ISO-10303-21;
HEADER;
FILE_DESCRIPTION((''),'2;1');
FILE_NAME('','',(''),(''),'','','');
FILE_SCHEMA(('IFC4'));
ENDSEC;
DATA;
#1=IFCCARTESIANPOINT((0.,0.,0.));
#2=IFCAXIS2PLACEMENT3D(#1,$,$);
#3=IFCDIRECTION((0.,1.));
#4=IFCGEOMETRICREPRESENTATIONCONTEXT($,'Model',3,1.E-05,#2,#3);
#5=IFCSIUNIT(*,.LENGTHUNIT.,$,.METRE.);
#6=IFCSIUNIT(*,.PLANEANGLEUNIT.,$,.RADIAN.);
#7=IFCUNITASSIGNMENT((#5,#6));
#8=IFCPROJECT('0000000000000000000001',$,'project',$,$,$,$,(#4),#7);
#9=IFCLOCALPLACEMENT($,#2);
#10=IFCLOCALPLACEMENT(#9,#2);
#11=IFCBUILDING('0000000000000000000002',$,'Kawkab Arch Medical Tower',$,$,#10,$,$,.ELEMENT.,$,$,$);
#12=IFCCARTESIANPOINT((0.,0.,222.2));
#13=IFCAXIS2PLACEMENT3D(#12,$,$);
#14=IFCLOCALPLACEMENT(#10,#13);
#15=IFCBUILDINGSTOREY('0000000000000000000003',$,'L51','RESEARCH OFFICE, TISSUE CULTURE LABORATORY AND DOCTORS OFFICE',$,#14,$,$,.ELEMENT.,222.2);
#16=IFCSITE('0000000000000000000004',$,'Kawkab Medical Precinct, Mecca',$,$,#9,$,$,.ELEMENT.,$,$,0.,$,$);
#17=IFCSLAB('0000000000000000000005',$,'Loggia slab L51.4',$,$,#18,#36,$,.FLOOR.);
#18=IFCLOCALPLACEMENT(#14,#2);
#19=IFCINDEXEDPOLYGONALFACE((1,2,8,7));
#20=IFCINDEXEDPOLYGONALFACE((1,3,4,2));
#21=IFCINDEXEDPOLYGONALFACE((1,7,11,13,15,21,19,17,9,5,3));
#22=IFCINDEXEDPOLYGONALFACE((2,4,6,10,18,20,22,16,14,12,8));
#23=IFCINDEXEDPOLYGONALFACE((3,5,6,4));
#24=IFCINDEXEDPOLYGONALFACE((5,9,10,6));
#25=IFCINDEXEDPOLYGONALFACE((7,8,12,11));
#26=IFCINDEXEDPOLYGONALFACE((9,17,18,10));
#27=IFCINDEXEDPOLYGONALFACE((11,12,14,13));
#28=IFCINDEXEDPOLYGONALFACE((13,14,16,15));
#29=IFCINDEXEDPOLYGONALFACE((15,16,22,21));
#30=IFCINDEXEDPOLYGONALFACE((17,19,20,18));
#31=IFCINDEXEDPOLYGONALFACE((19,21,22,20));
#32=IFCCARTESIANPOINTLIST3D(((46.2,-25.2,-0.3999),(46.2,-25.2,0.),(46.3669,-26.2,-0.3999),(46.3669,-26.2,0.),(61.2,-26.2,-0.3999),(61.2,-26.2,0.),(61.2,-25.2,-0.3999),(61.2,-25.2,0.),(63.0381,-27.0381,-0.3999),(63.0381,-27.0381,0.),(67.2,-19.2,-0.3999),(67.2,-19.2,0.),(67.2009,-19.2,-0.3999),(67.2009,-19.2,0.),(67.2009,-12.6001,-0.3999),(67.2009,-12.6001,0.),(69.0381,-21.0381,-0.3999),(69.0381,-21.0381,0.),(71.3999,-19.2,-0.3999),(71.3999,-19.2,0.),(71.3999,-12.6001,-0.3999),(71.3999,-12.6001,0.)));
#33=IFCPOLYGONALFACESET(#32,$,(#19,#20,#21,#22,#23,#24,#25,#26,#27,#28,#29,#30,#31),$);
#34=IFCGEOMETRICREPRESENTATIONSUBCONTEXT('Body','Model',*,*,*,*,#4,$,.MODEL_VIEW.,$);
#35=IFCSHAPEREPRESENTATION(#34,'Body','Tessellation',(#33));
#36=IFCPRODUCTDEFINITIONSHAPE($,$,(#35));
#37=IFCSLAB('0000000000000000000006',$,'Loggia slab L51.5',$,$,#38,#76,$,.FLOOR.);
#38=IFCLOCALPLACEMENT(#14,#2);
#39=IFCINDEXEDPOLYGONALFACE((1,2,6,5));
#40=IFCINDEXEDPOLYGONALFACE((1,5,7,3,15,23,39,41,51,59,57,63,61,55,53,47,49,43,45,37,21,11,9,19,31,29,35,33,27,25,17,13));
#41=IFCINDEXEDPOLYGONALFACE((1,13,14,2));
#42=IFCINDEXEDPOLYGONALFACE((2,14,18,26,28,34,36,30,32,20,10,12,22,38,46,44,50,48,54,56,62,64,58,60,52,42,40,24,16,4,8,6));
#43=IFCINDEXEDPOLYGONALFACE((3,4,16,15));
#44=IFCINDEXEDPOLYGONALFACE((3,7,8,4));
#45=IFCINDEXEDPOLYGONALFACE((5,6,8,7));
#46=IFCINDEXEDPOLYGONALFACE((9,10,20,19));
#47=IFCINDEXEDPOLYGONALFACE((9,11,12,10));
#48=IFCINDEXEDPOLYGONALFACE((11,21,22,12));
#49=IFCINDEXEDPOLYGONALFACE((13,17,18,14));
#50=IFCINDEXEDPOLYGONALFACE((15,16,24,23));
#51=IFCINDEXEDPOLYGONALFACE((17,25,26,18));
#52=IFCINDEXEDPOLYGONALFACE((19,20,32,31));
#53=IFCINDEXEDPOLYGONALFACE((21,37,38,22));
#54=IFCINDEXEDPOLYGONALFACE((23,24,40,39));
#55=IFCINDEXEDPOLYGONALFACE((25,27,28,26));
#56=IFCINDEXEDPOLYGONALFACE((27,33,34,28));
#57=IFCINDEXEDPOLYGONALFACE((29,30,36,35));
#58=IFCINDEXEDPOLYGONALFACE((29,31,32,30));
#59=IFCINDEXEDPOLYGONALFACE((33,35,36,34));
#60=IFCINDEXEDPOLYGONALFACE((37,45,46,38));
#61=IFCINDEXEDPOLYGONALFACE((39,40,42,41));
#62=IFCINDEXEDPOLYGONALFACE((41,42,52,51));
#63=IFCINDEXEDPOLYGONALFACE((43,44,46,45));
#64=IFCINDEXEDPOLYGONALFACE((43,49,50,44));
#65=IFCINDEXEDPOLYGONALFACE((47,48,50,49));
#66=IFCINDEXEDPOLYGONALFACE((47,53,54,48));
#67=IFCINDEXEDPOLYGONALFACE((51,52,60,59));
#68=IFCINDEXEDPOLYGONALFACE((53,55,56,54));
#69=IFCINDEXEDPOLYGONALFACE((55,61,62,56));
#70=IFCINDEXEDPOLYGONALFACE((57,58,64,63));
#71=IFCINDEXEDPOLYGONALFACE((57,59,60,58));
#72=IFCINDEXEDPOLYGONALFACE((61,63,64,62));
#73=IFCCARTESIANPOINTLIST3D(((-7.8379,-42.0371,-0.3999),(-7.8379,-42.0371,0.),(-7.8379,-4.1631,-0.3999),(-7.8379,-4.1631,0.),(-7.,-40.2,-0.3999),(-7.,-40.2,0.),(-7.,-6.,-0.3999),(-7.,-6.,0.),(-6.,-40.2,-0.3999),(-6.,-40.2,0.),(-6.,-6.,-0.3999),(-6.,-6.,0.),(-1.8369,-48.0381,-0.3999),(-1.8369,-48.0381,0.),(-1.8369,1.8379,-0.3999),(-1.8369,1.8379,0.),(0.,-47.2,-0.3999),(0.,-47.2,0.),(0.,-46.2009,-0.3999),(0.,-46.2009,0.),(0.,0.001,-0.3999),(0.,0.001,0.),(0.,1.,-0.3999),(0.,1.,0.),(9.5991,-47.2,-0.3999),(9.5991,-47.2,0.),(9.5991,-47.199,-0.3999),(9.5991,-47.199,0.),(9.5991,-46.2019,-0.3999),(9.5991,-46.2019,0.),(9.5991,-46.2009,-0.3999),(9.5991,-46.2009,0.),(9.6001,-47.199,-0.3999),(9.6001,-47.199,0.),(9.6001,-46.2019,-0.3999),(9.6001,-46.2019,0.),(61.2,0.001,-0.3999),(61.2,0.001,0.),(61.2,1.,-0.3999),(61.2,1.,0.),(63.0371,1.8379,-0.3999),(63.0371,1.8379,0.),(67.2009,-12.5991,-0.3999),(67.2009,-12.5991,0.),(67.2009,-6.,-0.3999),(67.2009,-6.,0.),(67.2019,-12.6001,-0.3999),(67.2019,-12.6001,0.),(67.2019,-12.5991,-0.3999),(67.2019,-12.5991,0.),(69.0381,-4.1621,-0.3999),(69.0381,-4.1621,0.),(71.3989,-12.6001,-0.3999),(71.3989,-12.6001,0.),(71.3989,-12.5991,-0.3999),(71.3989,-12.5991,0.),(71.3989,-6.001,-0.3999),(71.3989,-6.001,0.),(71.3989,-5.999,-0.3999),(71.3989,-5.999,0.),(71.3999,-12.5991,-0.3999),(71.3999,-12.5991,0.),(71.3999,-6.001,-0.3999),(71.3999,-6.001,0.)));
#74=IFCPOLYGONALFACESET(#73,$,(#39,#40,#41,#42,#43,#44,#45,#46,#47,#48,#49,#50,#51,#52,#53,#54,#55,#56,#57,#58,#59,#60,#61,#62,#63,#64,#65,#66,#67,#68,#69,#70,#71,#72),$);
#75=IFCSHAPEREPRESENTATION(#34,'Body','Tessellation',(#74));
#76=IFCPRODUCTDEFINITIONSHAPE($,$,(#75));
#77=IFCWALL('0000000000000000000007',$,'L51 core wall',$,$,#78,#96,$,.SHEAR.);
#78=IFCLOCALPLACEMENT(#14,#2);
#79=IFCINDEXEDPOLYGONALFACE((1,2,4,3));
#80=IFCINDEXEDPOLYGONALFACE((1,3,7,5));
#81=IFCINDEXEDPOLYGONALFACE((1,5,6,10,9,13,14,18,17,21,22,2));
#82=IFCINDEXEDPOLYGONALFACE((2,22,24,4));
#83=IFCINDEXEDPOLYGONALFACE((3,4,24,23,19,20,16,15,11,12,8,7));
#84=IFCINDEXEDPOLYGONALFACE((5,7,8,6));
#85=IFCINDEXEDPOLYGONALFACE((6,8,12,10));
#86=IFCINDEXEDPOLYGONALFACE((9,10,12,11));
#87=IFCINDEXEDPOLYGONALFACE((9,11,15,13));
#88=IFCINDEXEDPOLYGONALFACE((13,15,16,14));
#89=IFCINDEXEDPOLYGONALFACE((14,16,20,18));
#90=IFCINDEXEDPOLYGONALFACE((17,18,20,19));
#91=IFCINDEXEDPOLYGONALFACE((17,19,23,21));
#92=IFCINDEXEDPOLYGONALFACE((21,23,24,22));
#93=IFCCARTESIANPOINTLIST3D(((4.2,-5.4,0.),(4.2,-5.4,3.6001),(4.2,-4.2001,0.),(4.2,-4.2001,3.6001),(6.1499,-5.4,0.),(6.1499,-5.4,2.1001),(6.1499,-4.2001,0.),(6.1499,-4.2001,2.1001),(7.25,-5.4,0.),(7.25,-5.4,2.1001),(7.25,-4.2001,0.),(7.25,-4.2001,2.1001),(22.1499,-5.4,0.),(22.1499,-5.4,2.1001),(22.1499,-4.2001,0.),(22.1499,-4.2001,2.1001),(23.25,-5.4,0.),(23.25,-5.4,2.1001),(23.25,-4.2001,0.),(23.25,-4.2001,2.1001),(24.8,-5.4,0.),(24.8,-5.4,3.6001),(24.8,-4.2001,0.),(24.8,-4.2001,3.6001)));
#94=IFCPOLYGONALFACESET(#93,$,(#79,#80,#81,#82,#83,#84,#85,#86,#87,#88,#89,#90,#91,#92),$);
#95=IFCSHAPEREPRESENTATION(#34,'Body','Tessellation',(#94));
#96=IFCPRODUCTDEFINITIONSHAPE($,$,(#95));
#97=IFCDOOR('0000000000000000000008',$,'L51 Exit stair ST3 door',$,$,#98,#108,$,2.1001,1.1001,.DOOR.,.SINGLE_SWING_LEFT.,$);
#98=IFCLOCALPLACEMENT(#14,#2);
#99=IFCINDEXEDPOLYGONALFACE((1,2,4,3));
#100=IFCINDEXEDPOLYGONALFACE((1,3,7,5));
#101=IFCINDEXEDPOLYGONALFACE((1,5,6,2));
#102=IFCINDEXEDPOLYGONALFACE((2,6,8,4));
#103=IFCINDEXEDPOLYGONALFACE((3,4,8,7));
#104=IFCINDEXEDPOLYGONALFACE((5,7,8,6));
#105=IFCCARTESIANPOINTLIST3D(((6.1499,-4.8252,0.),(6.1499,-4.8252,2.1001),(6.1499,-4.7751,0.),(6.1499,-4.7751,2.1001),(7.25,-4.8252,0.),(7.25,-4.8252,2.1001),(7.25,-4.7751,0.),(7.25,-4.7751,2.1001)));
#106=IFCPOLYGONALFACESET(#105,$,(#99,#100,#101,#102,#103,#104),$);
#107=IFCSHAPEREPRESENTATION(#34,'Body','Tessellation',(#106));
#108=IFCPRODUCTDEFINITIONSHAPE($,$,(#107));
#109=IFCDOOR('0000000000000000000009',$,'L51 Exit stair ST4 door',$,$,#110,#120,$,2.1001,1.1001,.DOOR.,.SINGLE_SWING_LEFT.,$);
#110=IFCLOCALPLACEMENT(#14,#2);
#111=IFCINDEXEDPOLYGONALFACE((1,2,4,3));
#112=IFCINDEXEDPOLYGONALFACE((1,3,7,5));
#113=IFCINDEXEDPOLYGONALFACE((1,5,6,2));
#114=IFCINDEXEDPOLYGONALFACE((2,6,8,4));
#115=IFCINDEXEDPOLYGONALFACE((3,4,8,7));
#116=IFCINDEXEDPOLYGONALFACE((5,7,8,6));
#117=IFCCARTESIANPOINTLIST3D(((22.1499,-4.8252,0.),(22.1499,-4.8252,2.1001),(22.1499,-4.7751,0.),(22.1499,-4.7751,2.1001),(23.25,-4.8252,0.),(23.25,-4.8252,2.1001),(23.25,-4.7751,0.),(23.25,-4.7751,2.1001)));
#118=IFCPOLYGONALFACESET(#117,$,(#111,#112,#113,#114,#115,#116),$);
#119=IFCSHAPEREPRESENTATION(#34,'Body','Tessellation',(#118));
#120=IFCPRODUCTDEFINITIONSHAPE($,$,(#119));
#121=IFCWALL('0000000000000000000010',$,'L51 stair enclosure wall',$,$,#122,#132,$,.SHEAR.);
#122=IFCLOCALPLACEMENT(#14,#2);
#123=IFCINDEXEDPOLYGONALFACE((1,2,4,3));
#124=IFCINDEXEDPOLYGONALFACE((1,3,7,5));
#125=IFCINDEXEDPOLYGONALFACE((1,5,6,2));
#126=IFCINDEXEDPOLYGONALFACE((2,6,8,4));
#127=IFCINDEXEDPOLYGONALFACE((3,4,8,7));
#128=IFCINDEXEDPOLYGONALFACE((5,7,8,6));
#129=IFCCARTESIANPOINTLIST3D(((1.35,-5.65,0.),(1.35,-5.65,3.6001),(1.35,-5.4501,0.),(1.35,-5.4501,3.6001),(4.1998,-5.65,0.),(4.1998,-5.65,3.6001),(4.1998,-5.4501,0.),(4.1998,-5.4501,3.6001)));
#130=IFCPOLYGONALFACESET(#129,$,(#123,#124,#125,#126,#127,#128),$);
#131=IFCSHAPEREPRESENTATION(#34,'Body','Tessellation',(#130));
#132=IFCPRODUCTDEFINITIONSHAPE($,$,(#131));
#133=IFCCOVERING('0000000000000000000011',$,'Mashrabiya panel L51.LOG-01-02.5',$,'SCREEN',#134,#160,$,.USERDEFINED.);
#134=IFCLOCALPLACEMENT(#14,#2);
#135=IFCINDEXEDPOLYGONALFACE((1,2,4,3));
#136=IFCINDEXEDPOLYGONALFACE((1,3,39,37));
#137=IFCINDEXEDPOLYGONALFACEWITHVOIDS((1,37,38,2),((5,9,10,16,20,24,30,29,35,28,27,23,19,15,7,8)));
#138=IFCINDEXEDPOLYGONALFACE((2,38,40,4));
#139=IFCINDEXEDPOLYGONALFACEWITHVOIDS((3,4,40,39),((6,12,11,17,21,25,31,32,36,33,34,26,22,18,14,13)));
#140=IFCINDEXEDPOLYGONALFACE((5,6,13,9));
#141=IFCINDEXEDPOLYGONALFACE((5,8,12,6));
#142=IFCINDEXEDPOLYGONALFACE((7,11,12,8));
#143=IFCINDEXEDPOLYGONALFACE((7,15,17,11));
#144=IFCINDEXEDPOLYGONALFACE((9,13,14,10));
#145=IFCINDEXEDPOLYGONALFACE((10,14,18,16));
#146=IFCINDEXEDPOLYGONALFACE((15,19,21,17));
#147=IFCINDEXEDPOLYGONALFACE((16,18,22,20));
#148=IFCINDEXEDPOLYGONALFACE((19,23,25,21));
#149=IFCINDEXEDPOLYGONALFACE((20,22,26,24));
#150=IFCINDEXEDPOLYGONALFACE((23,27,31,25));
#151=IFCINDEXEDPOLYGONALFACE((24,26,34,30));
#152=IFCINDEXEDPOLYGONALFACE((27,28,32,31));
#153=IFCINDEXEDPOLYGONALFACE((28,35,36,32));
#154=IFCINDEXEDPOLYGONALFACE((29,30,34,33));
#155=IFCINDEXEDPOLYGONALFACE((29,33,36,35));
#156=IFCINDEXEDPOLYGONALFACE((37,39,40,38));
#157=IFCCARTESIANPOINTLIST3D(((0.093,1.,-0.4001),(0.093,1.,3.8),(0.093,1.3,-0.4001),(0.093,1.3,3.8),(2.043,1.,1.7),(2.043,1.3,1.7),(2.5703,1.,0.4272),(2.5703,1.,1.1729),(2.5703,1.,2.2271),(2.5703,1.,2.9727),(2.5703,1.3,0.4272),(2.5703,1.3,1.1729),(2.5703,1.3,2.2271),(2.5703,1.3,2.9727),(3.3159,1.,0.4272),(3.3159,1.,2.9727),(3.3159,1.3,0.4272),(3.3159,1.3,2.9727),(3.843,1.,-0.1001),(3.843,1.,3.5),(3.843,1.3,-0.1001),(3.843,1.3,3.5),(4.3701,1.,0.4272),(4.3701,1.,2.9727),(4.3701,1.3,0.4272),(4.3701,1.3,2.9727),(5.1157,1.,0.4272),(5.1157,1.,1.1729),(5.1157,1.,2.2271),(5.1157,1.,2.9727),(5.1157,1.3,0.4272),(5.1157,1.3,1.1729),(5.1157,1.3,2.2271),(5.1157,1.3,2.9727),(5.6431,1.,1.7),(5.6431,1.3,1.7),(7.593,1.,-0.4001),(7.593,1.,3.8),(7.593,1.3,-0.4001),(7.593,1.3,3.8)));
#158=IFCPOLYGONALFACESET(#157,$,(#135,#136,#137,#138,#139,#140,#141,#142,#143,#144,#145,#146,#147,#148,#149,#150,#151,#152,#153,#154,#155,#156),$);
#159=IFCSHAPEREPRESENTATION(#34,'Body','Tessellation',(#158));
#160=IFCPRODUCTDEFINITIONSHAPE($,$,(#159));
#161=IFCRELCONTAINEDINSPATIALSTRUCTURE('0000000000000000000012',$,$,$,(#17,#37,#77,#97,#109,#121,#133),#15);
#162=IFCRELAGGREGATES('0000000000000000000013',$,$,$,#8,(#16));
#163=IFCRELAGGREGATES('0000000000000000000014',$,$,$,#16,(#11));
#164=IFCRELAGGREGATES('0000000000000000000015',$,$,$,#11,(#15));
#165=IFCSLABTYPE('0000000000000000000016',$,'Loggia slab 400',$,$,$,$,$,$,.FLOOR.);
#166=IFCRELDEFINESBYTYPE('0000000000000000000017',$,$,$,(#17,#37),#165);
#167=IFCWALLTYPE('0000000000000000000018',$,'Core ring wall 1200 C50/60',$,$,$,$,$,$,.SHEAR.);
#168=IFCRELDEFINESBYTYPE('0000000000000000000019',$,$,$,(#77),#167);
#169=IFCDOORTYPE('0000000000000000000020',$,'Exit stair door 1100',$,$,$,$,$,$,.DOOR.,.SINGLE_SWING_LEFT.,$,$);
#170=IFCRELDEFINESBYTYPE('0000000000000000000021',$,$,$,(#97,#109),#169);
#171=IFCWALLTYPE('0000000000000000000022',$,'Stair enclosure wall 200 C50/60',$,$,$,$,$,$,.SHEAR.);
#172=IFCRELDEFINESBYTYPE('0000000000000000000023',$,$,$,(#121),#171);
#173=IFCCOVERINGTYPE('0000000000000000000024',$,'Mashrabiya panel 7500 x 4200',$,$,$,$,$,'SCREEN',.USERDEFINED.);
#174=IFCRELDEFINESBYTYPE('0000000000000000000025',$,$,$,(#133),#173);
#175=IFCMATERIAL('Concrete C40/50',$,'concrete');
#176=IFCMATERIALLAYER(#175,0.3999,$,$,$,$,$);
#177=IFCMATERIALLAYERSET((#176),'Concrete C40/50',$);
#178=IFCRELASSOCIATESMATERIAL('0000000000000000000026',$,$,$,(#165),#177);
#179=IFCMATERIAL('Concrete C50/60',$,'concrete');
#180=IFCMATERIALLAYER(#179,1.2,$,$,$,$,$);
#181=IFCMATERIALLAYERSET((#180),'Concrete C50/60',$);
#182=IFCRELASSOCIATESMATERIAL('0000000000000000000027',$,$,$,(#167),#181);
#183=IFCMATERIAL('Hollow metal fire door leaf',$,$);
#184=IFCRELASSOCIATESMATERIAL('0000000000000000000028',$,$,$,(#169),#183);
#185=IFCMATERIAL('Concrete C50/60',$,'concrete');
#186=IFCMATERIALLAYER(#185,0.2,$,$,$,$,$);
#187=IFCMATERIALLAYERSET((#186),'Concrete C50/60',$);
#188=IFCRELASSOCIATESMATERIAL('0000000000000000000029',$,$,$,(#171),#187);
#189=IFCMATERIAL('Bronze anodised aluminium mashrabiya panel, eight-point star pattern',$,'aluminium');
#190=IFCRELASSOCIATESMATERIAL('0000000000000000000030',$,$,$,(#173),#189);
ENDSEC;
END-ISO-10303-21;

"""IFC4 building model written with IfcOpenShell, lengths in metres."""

from ifc_helpers import new_model, si_unit, direction, frame, frame_2d, origin, place, context, subcontext, project, spatial, polyline, rectangle, outline, extrude, material, layer, layer_set, material_profile, profile_set, type_object, element, fill, save


model = new_model("IFC4")

# Units and contexts
model_context = context("Model", 3, precision=1e-05, world=origin(), true_north=direction((0.0, 1.0)))
body_context = subcontext(model_context, "Body", "Model", "MODEL_VIEW")
ifc_project = project(units=[si_unit("LENGTHUNIT", "METRE"), si_unit("PLANEANGLEUNIT", "RADIAN")], contexts=[model_context])

# Site, building, storey
site_placement = place(None, origin())
site = spatial("IfcSite", under=ifc_project, at=site_placement, Name="Kawkab Medical Precinct, Mecca", CompositionType="ELEMENT", RefElevation=0.0)
building_placement = place(site_placement, origin())
building = spatial("IfcBuilding", under=site, at=building_placement, Name="Kawkab Arch Medical Tower", CompositionType="ELEMENT")
storey_placement = place(building_placement, frame((0.0, 0.0, 222.2)))
storey = spatial("IfcBuildingStorey", under=building, at=storey_placement, Name="L51", Description="RESEARCH OFFICE, TISSUE CULTURE LABORATORY AND DOCTORS OFFICE", CompositionType="ELEMENT", Elevation=222.2)

# Slabs
ifc_material_1 = material(Name="Concrete C40/50", Category="concrete")
ifc_layer_1 = layer(ifc_material_1, 0.3999)
ifc_layer_set_1 = layer_set([ifc_layer_1], Name="Concrete C40/50")
slab_type_1 = type_object("IfcSlabType", Name="Loggia slab 400", PredefinedType="FLOOR", material=ifc_layer_set_1)
placement_1 = place(storey_placement, frame((0.0, 0.0, -0.3999)))
element("IfcSlab", 1, at=placement_1, inside=storey, type_object=slab_type_1, Name="Loggia slab L51.4", PredefinedType="FLOOR", context=body_context, shape_type="SweptSolid", body=[
    extrude(outline(polyline([(69.0381, -21.0381), (63.0381, -27.0381), (61.2, -26.2), (46.3669, -26.2), (46.2, -25.2), (61.2, -25.2), (67.2, -19.2), (67.2009, -19.2), (67.2009, -12.6001), (71.3999, -12.6001), (71.3999, -19.2), (69.0381, -21.0381)])), origin(), (0.0, 0.0, 1.0), 0.3999),
])
element("IfcSlab", 2, at=placement_1, inside=storey, type_object=slab_type_1, Name="Loggia slab L51.5", PredefinedType="FLOOR", context=body_context, shape_type="SweptSolid", body=[
    extrude(outline(polyline([(-7.8379, -42.0371), (-7.0, -40.2), (-7.0, -6.0), (-7.8379, -4.1631), (-1.8369, 1.8379), (0.0, 1.0), (61.2, 1.0), (63.0371, 1.8379), (69.0381, -4.1621), (71.3989, -5.999), (71.3989, -6.001), (71.3999, -6.001), (71.3999, -12.5991), (71.3989, -12.5991), (71.3989, -12.6001), (67.2019, -12.6001), (67.2019, -12.5991), (67.2009, -12.5991), (67.2009, -6.0), (61.2, 0.001), (0.0, 0.001), (-6.0, -6.0), (-6.0, -40.2), (0.0, -46.2009), (9.5991, -46.2009), (9.5991, -46.2019), (9.6001, -46.2019), (9.6001, -47.199), (9.5991, -47.199), (9.5991, -47.2), (0.0, -47.2), (-1.8369, -48.0381), (-7.8379, -42.0371)])), origin(), (0.0, 0.0, 1.0), 0.3999),
])

# Wall, openings, doors
ifc_material_2 = material(Name="Concrete C50/60", Category="concrete")
ifc_layer_2 = layer(ifc_material_2, 1.2)
ifc_layer_set_2 = layer_set([ifc_layer_2], Name="Concrete C50/60")
wall_type_1 = type_object("IfcWallType", Name="Core ring wall 1200 C50/60", PredefinedType="SHEAR", material=ifc_layer_set_2)
wall_1_placement = place(storey_placement, frame((4.2, -4.8, 0.0), z_axis=(0.0, 0.0, 1.0), x_axis=(1.0, 0.0, 0.0)))
wall_1 = element("IfcWall", 3, at=wall_1_placement, inside=storey, type_object=wall_type_1, Name="L51 core wall", PredefinedType="SHEAR", context=body_context, shape_type="SweptSolid", body=[
    extrude(rectangle(XDim=20.6001, YDim=1.2, at=frame_2d((10.3, 0.0))), origin(), (0.0, 0.0, 1.0), 3.6001),
])
opening_1_placement = place(wall_1_placement, frame((1.95, 0.0, 0.0)))
opening_1 = element("IfcOpeningElement", 4, at=opening_1_placement, cuts=wall_1, PredefinedType="OPENING", context=body_context, shape_type="SweptSolid", body=[
    extrude(rectangle(XDim=1.1001, YDim=2.1001, at=frame_2d((0.55, 1.05))), frame((0.0, 0.6099, 0.0), z_axis=(0.0, -1.0, 0.0), x_axis=(1.0, 0.0, 0.0)), (0.0, 0.0, 1.0), 1.22),
])
opening_2_placement = place(wall_1_placement, frame((17.95, 0.0, 0.0)))
opening_2 = element("IfcOpeningElement", 5, at=opening_2_placement, cuts=wall_1, PredefinedType="OPENING", context=body_context, shape_type="SweptSolid", body=[
    extrude(rectangle(XDim=1.1001, YDim=2.1001, at=frame_2d((0.55, 1.05))), frame((0.0, 0.6099, 0.0), z_axis=(0.0, -1.0, 0.0), x_axis=(1.0, 0.0, 0.0)), (0.0, 0.0, 1.0), 1.22),
])
ifc_material_3 = material(Name="Hollow metal fire door leaf")
door_type = type_object("IfcDoorType", Name="Exit stair door 1100", OperationType="SINGLE_SWING_LEFT", PredefinedType="DOOR", material=ifc_material_3)
door_1_placement = place(opening_1_placement, origin())
door_1 = element("IfcDoor", 6, at=door_1_placement, inside=storey, type_object=door_type, Name="L51 Exit stair ST3 door", OperationType="SINGLE_SWING_LEFT", OverallHeight=2.1001, OverallWidth=1.1001, PredefinedType="DOOR", context=body_context, shape_type="SweptSolid", body=[
    extrude(rectangle(XDim=1.1001, YDim=2.1001, at=frame_2d((0.55, 1.05))), frame((0.0, 0.0249, 0.0), z_axis=(0.0, -1.0, 0.0), x_axis=(1.0, 0.0, 0.0)), (0.0, 0.0, 1.0), 0.05),
])
fill(opening_1, door_1)
door_2_placement = place(opening_2_placement, origin())
door_2 = element("IfcDoor", 7, at=door_2_placement, inside=storey, type_object=door_type, Name="L51 Exit stair ST4 door", OperationType="SINGLE_SWING_LEFT", OverallHeight=2.1001, OverallWidth=1.1001, PredefinedType="DOOR", context=body_context, shape_type="SweptSolid", body=[
    extrude(rectangle(XDim=1.1001, YDim=2.1001, at=frame_2d((0.55, 1.05))), frame((0.0, 0.0249, 0.0), z_axis=(0.0, -1.0, 0.0), x_axis=(1.0, 0.0, 0.0)), (0.0, 0.0, 1.0), 0.05),
])
fill(opening_2, door_2)

# Wall
ifc_material_4 = material(Name="Concrete C50/60", Category="concrete")
ifc_layer_3 = layer(ifc_material_4, 0.2)
ifc_layer_set_3 = layer_set([ifc_layer_3], Name="Concrete C50/60")
wall_type_2 = type_object("IfcWallType", Name="Stair enclosure wall 200 C50/60", PredefinedType="SHEAR", material=ifc_layer_set_3)
wall_2_placement = place(storey_placement, frame((1.3501, -5.55, 0.0), z_axis=(0.0, 0.0, 1.0), x_axis=(1.0, 0.0, 0.0)))
element("IfcWall", 8, at=wall_2_placement, inside=storey, type_object=wall_type_2, Name="L51 stair enclosure wall", PredefinedType="SHEAR", context=body_context, shape_type="SweptSolid", body=[
    extrude(rectangle(XDim=2.8499, YDim=0.2, at=frame_2d((1.4248, 0.0))), origin(), (0.0, 0.0, 1.0), 3.6001),
])

# Covering
ifc_material_5 = material(Name="Bronze anodised aluminium mashrabiya panel, eight-point star pattern", Category="aluminium")
ifc_material_profile_1 = material_profile(ifc_material_5, outline(polyline([(-3.75, -2.1001), (3.75, -2.1001), (3.75, 2.1001), (-3.75, 2.1001), (-3.75, -2.1001)]), holes=[polyline([(1.8, 0.0), (1.2727, 0.5271), (1.2727, 1.2727), (0.5271, 1.2727), (0.0, 1.8), (-0.5271, 1.2727), (-1.2727, 1.2727), (-1.2727, 0.5271), (-1.8, 0.0), (-1.2727, -0.5271), (-1.2727, -1.2727), (-0.5271, -1.2727), (0.0, -1.8), (0.5271, -1.2727), (1.2727, -1.2727), (1.2727, -0.5271), (1.8, 0.0)])]), Name="Mashrabiya panel 7500x4200")
ifc_profile_set_1 = profile_set([ifc_material_profile_1], Name="Bronze anodised aluminium mashrabiya panel, eight-point star pattern")
covering_type_1 = type_object("IfcCoveringType", Name="Mashrabiya panel 7500 x 4200", ElementType="SCREEN", PredefinedType="USERDEFINED", material=ifc_profile_set_1)
covering_1_placement = place(storey_placement, frame((3.843, 1.0, 1.7), z_axis=(0.0, 1.0, 0.0), x_axis=(-1.0, 0.0, 0.0)))
element("IfcCovering", 9, at=covering_1_placement, inside=storey, type_object=covering_type_1, Name="Mashrabiya panel L51.LOG-01-02.5", ObjectType="SCREEN", PredefinedType="USERDEFINED", context=body_context, shape_type="SweptSolid", body=[
    extrude(outline(polyline([(-3.75, -2.1001), (3.75, -2.1001), (3.75, 2.1001), (-3.75, 2.1001), (-3.75, -2.1001)]), holes=[polyline([(1.8, 0.0), (1.2727, 0.5271), (1.2727, 1.2727), (0.5271, 1.2727), (0.0, 1.8), (-0.5271, 1.2727), (-1.2727, 1.2727), (-1.2727, 0.5271), (-1.8, 0.0), (-1.2727, -0.5271), (-1.2727, -1.2727), (-0.5271, -1.2727), (0.0, -1.8), (0.5271, -1.2727), (1.2727, -1.2727), (1.2727, -0.5271), (1.8, 0.0)])]), origin(), (0.0, 0.0, 1.0), 0.3),
])

save(model, "model.ifc")
